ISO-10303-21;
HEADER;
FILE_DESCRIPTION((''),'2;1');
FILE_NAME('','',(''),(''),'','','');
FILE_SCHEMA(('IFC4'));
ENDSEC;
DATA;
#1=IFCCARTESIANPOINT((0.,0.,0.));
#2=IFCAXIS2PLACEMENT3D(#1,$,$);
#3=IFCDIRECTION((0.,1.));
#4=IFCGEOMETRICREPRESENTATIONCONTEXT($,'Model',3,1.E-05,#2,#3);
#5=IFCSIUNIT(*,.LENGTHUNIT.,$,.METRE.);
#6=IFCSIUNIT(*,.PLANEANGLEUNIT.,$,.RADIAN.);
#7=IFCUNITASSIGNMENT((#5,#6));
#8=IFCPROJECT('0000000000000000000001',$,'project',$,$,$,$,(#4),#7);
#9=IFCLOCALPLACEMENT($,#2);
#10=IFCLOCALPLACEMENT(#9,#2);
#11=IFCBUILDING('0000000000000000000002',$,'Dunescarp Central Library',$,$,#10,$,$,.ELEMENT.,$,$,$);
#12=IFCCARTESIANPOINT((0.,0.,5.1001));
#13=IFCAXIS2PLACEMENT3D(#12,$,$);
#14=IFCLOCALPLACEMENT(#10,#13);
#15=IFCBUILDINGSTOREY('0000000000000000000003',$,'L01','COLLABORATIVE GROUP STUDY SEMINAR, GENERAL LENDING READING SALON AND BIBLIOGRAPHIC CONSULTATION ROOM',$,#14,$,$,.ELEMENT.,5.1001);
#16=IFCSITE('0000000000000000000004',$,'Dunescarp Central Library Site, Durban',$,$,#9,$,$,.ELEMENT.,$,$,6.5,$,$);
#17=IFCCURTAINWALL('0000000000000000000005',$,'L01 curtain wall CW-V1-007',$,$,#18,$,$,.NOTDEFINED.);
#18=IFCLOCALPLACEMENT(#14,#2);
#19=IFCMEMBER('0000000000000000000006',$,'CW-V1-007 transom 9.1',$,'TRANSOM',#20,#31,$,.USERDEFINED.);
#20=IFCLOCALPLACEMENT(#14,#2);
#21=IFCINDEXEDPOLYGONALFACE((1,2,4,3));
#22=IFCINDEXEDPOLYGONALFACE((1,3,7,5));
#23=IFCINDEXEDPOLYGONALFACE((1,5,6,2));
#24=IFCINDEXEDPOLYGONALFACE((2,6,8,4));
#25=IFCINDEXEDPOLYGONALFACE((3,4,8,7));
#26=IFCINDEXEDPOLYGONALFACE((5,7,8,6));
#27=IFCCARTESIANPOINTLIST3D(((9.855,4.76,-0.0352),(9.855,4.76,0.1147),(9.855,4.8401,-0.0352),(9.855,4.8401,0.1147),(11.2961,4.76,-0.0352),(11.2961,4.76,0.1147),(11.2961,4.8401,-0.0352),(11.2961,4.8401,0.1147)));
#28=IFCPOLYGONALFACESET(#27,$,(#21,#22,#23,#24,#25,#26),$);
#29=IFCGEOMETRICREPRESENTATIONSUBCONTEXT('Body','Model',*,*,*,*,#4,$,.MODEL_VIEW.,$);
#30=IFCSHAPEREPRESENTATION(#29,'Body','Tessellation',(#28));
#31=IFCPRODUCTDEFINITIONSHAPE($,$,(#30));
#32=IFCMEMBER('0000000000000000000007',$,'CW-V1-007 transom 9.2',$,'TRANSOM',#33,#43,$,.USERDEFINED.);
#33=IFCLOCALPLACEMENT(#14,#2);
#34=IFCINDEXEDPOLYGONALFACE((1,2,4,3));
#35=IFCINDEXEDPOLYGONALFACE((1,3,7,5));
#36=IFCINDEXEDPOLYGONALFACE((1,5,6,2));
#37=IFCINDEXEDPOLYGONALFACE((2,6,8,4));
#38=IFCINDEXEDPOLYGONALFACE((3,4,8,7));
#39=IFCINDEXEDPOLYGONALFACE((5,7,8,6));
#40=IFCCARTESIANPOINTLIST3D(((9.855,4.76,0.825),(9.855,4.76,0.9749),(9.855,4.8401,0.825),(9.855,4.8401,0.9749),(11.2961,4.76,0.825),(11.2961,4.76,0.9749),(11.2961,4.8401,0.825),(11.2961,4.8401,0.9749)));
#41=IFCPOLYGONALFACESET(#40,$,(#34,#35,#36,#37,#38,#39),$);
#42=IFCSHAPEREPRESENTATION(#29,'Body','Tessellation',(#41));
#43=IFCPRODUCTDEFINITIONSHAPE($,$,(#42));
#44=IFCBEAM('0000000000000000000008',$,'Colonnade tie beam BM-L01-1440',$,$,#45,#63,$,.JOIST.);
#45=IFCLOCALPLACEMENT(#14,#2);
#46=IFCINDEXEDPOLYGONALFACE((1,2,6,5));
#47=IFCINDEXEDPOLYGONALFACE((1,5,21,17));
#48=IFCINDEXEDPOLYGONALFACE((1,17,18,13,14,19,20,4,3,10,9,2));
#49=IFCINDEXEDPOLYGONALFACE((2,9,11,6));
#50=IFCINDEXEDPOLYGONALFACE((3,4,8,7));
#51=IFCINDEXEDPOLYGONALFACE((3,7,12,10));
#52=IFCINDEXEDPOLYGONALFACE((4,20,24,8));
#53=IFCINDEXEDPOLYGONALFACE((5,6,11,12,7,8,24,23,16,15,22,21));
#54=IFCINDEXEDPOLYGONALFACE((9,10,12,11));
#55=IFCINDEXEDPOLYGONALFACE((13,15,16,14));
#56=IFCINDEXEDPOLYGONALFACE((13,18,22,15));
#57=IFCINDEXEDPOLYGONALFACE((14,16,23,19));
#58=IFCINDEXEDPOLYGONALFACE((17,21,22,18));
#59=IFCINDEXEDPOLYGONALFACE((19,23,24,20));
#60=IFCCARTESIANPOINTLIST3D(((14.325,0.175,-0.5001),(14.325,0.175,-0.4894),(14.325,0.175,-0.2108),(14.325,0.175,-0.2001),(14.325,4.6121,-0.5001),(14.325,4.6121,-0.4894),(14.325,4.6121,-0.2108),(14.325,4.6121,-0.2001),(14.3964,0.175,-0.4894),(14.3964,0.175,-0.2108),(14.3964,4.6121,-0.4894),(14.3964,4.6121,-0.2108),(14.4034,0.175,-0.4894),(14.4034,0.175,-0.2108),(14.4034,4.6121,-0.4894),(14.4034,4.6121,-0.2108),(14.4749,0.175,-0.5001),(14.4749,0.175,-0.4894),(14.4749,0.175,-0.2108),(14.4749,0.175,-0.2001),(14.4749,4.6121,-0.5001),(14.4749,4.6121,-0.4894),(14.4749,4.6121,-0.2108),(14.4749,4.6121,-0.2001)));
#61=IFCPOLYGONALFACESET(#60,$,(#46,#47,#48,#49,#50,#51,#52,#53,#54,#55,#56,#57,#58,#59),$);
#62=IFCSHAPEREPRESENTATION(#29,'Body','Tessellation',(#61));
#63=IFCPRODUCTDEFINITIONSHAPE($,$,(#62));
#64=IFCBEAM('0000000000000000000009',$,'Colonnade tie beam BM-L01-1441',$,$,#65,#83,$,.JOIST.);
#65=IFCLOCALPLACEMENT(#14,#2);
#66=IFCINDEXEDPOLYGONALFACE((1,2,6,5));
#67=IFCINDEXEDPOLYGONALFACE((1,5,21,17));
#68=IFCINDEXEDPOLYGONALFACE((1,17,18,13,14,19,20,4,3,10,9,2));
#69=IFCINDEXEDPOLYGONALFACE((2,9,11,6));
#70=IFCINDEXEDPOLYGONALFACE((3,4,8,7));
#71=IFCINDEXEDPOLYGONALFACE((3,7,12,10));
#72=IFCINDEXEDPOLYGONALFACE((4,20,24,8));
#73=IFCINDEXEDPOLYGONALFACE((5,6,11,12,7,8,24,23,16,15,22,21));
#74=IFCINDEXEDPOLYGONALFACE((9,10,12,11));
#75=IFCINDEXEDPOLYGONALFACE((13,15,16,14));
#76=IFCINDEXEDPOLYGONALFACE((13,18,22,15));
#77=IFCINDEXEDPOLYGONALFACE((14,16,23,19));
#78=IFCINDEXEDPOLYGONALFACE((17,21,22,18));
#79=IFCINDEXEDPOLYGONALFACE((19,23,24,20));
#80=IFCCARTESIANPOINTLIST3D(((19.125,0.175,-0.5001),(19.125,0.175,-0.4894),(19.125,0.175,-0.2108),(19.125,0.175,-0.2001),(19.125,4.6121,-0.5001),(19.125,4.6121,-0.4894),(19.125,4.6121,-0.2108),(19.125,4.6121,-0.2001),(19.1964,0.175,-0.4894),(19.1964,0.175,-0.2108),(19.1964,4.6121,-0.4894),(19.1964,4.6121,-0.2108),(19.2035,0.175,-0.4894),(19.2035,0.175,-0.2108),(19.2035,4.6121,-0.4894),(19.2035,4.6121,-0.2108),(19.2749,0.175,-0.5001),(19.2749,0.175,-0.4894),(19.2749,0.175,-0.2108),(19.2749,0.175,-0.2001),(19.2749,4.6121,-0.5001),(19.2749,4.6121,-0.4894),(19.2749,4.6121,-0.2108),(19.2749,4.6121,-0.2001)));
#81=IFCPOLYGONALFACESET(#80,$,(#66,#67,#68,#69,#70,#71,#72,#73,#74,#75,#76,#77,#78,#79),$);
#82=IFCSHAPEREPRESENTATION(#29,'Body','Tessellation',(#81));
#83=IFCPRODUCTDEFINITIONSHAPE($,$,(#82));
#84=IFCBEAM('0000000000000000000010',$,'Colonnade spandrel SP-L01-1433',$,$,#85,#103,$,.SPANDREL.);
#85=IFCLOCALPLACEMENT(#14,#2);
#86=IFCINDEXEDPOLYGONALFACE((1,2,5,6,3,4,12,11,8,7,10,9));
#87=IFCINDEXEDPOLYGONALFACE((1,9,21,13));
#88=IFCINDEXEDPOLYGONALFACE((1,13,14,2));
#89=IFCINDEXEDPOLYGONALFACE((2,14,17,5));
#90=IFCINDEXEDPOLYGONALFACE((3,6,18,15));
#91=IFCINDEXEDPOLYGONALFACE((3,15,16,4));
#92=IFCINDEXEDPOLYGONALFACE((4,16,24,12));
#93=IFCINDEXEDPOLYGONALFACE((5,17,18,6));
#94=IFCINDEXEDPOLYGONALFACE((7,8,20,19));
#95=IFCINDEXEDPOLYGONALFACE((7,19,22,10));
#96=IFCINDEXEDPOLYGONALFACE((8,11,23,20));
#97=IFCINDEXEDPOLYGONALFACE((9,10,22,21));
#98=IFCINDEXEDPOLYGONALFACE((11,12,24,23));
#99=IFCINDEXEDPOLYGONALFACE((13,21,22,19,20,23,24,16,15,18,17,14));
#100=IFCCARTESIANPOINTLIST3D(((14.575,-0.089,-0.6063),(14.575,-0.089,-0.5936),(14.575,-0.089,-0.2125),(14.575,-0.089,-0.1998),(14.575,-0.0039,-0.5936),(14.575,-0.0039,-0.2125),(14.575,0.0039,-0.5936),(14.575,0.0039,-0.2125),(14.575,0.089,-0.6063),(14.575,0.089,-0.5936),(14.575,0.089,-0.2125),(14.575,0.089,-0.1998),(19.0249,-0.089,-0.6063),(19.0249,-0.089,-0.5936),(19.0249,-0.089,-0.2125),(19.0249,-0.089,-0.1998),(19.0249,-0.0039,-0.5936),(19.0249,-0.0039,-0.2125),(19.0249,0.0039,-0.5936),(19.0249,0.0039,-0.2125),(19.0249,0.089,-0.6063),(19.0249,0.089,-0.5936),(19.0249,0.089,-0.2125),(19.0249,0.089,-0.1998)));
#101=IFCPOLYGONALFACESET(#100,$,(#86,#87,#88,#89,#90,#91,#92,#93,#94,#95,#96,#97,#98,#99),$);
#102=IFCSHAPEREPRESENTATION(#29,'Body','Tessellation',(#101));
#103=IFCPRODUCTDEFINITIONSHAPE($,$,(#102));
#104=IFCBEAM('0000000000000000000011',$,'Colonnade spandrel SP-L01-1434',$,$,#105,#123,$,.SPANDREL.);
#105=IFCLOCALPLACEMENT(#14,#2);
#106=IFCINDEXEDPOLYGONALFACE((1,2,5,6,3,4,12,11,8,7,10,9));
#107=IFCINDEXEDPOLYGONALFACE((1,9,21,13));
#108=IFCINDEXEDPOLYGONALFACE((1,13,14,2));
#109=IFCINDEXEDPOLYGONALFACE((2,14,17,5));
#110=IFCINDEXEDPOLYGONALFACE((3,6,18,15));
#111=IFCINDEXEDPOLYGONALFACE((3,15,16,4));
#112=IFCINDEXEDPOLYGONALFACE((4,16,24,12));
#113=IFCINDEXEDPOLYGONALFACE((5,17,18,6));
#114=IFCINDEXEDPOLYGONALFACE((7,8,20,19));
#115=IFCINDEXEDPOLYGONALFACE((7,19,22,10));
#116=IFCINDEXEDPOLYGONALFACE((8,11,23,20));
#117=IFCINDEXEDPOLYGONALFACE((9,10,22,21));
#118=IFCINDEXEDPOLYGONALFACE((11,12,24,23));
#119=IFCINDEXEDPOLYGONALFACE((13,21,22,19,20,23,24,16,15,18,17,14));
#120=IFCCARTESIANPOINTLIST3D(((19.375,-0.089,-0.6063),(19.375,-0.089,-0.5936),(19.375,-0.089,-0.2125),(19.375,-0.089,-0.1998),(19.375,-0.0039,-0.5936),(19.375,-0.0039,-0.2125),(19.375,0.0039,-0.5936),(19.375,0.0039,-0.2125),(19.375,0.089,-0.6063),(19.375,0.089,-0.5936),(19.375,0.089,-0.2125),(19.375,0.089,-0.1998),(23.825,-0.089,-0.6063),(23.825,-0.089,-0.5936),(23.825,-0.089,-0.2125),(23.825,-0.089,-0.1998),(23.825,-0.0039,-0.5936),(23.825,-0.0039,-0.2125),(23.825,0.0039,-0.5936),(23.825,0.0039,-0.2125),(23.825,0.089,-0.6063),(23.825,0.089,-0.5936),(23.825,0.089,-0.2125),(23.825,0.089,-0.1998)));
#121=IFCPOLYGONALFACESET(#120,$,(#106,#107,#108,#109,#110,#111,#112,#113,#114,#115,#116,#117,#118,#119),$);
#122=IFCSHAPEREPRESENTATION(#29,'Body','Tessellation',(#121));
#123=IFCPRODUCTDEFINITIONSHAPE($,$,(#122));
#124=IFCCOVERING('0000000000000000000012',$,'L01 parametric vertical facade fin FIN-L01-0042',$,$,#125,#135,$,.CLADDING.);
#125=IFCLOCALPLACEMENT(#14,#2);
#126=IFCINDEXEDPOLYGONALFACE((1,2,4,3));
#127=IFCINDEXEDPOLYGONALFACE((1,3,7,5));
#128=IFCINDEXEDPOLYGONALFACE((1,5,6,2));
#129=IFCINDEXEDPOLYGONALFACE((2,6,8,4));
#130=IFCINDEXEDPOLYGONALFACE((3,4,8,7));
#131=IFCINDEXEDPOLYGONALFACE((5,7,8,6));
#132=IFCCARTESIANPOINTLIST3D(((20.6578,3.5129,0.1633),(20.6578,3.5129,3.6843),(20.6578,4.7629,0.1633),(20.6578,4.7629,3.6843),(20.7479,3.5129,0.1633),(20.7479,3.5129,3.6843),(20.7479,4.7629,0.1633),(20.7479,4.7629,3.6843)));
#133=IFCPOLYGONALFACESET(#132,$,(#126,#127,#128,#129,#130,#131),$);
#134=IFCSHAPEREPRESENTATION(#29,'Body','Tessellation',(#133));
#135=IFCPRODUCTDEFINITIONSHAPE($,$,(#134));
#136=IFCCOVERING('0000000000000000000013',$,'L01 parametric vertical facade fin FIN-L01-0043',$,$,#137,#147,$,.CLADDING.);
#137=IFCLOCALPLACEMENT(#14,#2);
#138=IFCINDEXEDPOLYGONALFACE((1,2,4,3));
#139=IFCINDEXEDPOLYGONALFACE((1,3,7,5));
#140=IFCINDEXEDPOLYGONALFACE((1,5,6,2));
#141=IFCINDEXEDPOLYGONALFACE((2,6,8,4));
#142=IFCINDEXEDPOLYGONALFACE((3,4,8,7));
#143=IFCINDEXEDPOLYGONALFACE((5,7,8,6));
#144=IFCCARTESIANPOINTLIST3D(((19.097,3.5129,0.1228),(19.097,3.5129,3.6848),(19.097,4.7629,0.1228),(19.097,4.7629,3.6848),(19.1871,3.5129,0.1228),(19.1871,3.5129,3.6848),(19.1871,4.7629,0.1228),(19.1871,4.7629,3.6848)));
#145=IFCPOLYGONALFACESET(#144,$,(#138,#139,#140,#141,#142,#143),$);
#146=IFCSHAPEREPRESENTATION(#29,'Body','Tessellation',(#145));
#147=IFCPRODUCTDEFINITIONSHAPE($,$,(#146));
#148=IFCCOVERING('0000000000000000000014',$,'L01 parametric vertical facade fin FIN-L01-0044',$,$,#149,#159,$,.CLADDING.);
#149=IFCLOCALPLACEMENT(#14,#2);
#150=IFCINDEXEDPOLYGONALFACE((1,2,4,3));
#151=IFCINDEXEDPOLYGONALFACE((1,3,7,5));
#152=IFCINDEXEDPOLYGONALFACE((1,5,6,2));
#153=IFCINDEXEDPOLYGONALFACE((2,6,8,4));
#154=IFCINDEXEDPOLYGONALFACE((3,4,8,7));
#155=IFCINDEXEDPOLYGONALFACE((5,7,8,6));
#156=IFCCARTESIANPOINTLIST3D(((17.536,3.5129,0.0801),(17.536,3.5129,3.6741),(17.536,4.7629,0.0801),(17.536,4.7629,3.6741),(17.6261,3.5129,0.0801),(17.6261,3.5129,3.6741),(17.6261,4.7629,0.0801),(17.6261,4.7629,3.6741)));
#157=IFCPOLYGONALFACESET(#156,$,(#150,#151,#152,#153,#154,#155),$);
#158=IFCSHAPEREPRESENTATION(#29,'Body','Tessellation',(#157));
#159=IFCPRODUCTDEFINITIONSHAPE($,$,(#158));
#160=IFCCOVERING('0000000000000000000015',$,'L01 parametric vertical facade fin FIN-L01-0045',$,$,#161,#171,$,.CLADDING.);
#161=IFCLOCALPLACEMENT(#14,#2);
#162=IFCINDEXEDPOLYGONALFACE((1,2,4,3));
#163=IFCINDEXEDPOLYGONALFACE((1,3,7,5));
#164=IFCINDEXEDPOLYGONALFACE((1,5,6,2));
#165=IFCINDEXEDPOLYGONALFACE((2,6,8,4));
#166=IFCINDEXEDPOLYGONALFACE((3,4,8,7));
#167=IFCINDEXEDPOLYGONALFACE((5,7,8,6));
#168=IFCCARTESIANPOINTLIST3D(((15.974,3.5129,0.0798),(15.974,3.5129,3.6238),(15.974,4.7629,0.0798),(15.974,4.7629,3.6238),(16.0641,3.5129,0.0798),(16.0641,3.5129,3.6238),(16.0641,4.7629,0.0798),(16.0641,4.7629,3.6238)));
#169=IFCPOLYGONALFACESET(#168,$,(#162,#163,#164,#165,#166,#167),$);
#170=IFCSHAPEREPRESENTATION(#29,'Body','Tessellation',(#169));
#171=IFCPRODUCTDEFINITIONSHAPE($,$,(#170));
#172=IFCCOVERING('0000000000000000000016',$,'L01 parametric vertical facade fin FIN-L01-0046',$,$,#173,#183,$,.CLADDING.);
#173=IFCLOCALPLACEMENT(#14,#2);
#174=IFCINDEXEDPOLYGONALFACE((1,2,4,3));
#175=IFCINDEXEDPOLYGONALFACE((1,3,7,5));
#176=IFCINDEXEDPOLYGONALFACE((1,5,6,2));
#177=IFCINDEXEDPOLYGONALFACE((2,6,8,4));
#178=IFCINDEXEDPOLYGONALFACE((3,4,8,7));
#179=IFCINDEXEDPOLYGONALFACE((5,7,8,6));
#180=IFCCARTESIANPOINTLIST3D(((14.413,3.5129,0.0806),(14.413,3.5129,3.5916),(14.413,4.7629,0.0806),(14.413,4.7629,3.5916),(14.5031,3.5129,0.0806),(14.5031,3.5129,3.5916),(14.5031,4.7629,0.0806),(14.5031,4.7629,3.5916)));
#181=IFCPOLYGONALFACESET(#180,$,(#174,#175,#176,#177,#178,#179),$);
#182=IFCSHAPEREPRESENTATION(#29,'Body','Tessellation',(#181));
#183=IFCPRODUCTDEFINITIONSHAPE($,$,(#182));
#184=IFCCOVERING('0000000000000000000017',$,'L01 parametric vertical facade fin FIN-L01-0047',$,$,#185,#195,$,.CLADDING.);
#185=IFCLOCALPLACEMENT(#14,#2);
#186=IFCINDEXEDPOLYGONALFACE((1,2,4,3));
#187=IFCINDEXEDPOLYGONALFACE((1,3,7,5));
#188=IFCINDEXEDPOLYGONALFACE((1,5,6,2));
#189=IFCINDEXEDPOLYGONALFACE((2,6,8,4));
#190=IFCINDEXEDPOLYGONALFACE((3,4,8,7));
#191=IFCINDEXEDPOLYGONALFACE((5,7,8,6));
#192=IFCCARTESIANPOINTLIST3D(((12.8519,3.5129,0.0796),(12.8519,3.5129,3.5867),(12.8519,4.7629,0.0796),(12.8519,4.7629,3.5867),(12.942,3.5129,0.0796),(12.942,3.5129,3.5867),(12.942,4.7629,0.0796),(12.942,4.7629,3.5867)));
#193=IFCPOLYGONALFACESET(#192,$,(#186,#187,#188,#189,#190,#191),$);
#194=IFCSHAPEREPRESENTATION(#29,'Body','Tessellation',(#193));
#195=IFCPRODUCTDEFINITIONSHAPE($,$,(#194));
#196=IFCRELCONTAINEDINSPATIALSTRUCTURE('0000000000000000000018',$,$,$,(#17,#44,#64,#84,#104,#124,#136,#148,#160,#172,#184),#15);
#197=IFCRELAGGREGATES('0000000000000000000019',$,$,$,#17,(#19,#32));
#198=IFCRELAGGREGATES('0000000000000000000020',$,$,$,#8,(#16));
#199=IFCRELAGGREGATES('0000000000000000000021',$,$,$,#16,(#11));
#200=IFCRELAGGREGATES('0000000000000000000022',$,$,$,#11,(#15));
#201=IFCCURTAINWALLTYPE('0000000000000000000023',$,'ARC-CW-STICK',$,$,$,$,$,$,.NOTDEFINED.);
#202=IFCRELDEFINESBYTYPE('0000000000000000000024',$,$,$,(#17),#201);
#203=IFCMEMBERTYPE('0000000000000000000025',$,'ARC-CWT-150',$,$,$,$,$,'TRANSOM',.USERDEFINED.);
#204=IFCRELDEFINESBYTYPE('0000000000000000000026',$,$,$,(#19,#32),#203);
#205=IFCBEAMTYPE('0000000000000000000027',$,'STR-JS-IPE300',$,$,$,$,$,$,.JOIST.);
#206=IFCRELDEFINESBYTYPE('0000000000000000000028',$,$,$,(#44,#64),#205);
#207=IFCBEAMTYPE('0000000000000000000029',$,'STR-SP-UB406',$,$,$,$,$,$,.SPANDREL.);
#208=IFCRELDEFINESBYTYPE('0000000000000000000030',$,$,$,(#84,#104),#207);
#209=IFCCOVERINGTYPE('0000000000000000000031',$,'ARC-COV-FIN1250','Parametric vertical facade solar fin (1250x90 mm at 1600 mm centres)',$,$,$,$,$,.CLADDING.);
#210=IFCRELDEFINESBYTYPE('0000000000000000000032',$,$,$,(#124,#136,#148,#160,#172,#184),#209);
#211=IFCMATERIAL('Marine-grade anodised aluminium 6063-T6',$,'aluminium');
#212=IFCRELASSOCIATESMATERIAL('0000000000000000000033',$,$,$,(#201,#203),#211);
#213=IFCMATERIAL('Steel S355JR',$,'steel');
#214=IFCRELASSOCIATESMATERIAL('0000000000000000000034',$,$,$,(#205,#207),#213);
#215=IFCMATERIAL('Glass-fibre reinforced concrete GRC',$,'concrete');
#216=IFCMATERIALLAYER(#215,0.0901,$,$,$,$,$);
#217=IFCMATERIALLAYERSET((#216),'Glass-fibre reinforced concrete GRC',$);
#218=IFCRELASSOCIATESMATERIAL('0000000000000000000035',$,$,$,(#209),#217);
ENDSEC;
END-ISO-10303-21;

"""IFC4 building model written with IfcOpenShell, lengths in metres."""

from ifc_helpers import new_model, si_unit, direction, frame, origin, origin_2d, place, context, subcontext, project, spatial, rectangle, i_section, extrude, material, layer, layer_set, material_profile, profile_set, type_object, element, aggregate, save


model = new_model("IFC4")

# Units and contexts
model_context = context("Model", 3, precision=1e-05, world=origin(), true_north=direction((0.0, 1.0)))
body_context = subcontext(model_context, "Body", "Model", "MODEL_VIEW")
ifc_project = project(units=[si_unit("LENGTHUNIT", "METRE"), si_unit("PLANEANGLEUNIT", "RADIAN")], contexts=[model_context])

# Site, building, storey
site_placement = place(None, origin())
site = spatial("IfcSite", under=ifc_project, at=site_placement, Name="Dunescarp Central Library Site, Durban", CompositionType="ELEMENT", RefElevation=6.5)
building_placement = place(site_placement, origin())
building = spatial("IfcBuilding", under=site, at=building_placement, Name="Dunescarp Central Library", CompositionType="ELEMENT")
storey_placement = place(building_placement, frame((0.0, 0.0, 5.1001)))
storey = spatial("IfcBuildingStorey", under=building, at=storey_placement, Name="L01", Description="COLLABORATIVE GROUP STUDY SEMINAR, GENERAL LENDING READING SALON AND BIBLIOGRAPHIC CONSULTATION ROOM", CompositionType="ELEMENT", Elevation=5.1001)

# Curtain wall, members
ifc_material_1 = material(Name="Marine-grade anodised aluminium 6063-T6", Category="aluminium")
curtain_wall_type = type_object("IfcCurtainWallType", Name="ARC-CW-STICK", PredefinedType="NOTDEFINED", material=ifc_material_1)
curtain_wall_placement = place(storey_placement, origin())
curtain_wall = element("IfcCurtainWall", 1, at=curtain_wall_placement, inside=storey, type_object=curtain_wall_type, Name="L01 curtain wall CW-V1-007", PredefinedType="NOTDEFINED")
ifc_material_profile_1 = material_profile(ifc_material_1, rectangle(XDim=0.0801, YDim=0.1499, at=origin_2d()), Name="AL 80x150")
ifc_profile_set_1 = profile_set([ifc_material_profile_1], Name="Marine-grade anodised aluminium 6063-T6")
member_type = type_object("IfcMemberType", Name="ARC-CWT-150", ElementType="TRANSOM", PredefinedType="USERDEFINED", material=ifc_profile_set_1)
member_1_placement = place(storey_placement, frame((11.2961, 4.8, 0.0398), z_axis=(-1.0, 0.0, 0.0), x_axis=(0.0, -1.0, 0.0)))
member_1 = element("IfcMember", 2, at=member_1_placement, type_object=member_type, Name="CW-V1-007 transom 9.1", ObjectType="TRANSOM", PredefinedType="USERDEFINED", context=body_context, shape_type="SweptSolid", body=[
    extrude(rectangle(XDim=0.0801, YDim=0.1499, at=origin_2d()), origin(), (0.0, 0.0, 1.0), 1.4412),
])
member_2_placement = place(storey_placement, frame((11.2961, 4.8, 0.8999), z_axis=(-1.0, 0.0, 0.0), x_axis=(0.0, -1.0, 0.0)))
member_2 = element("IfcMember", 3, at=member_2_placement, type_object=member_type, Name="CW-V1-007 transom 9.2", ObjectType="TRANSOM", PredefinedType="USERDEFINED", context=body_context, shape_type="SweptSolid", body=[
    extrude(rectangle(XDim=0.0801, YDim=0.1499, at=origin_2d()), origin(), (0.0, 0.0, 1.0), 1.4412),
])
aggregate(curtain_wall, [member_1, member_2])

# Beams
ifc_material_2 = material(Name="Steel S355JR", Category="steel")
ifc_material_profile_2 = material_profile(ifc_material_2, i_section(OverallWidth=0.1499, OverallDepth=0.3, WebThickness=0.0071, FlangeThickness=0.0107, at=origin_2d()), Name="IPE 300")
ifc_profile_set_2 = profile_set([ifc_material_profile_2], Name="Steel S355JR")
beam_type_1 = type_object("IfcBeamType", Name="STR-JS-IPE300", PredefinedType="JOIST", material=ifc_profile_set_2)
for number, where, z_axis, x_axis, name in (
    (4, (14.3999, 0.175, -0.3501), (0.0, 1.0, 0.0), (-1.0, 0.0, 0.0), "Colonnade tie beam BM-L01-1440"),
    (5, (19.2, 0.175, -0.3501), (0.0, 1.0, 0.0), (-1.0, 0.0, 0.0), "Colonnade tie beam BM-L01-1441"),
):
    element("IfcBeam", number, at=place(storey_placement, frame(where, z_axis=z_axis, x_axis=x_axis)), inside=storey, type_object=beam_type_1, Name=name, PredefinedType="JOIST", context=body_context, shape_type="SweptSolid", body=[
        extrude(i_section(OverallWidth=0.1499, OverallDepth=0.3, WebThickness=0.0071, FlangeThickness=0.0107, at=origin_2d()), origin(), (0.0, 0.0, 1.0), 4.437),
    ])
ifc_material_profile_3 = material_profile(ifc_material_2, i_section(OverallWidth=0.178, OverallDepth=0.4065, WebThickness=0.0078, FlangeThickness=0.0127, at=origin_2d()), Name="UB 406x178x60")
ifc_profile_set_3 = profile_set([ifc_material_profile_3], Name="Steel S355JR")
beam_type_2 = type_object("IfcBeamType", Name="STR-SP-UB406", PredefinedType="SPANDREL", material=ifc_profile_set_3)
for number, where, z_axis, x_axis, name in (
    (6, (14.575, 0.0, -0.4031), (1.0, 0.0, 0.0), (0.0, 1.0, 0.0), "Colonnade spandrel SP-L01-1433"),
    (7, (19.375, 0.0, -0.4031), (1.0, 0.0, 0.0), (0.0, 1.0, 0.0), "Colonnade spandrel SP-L01-1434"),
):
    element("IfcBeam", number, at=place(storey_placement, frame(where, z_axis=z_axis, x_axis=x_axis)), inside=storey, type_object=beam_type_2, Name=name, PredefinedType="SPANDREL", context=body_context, shape_type="SweptSolid", body=[
        extrude(i_section(OverallWidth=0.178, OverallDepth=0.4065, WebThickness=0.0078, FlangeThickness=0.0127, at=origin_2d()), origin(), (0.0, 0.0, 1.0), 4.45),
    ])

# Coverings
ifc_material_3 = material(Name="Glass-fibre reinforced concrete GRC", Category="concrete")
ifc_layer = layer(ifc_material_3, 0.0901)
ifc_layer_set = layer_set([ifc_layer], Name="Glass-fibre reinforced concrete GRC")
covering_type = type_object("IfcCoveringType", Name="ARC-COV-FIN1250", Description="Parametric vertical facade solar fin (1250x90 mm at 1600 mm centres)", PredefinedType="CLADDING", material=ifc_layer_set)
covering_1_placement = place(storey_placement, frame((20.7029, 4.1379, 0.1633), z_axis=(0.0, 0.0, 1.0), x_axis=(0.0, -1.0, 0.0)))
element("IfcCovering", 8, at=covering_1_placement, inside=storey, type_object=covering_type, Name="L01 parametric vertical facade fin FIN-L01-0042", PredefinedType="CLADDING", context=body_context, shape_type="SweptSolid", body=[
    extrude(rectangle(XDim=1.25, YDim=0.0901, at=origin_2d()), origin(), (0.0, 0.0, 1.0), 3.521),
])
covering_2_placement = place(storey_placement, frame((19.1421, 4.1379, 0.1228), z_axis=(0.0, 0.0, 1.0), x_axis=(0.0, -1.0, 0.0)))
element("IfcCovering", 9, at=covering_2_placement, inside=storey, type_object=covering_type, Name="L01 parametric vertical facade fin FIN-L01-0043", PredefinedType="CLADDING", context=body_context, shape_type="SweptSolid", body=[
    extrude(rectangle(XDim=1.25, YDim=0.0901, at=origin_2d()), origin(), (0.0, 0.0, 1.0), 3.562),
])
covering_3_placement = place(storey_placement, frame((17.5811, 4.1379, 0.0801), z_axis=(0.0, 0.0, 1.0), x_axis=(0.0, -1.0, 0.0)))
element("IfcCovering", 10, at=covering_3_placement, inside=storey, type_object=covering_type, Name="L01 parametric vertical facade fin FIN-L01-0044", PredefinedType="CLADDING", context=body_context, shape_type="SweptSolid", body=[
    extrude(rectangle(XDim=1.25, YDim=0.0901, at=origin_2d()), origin(), (0.0, 0.0, 1.0), 3.594),
])
covering_4_placement = place(storey_placement, frame((16.019, 4.1379, 0.0798), z_axis=(0.0, 0.0, 1.0), x_axis=(0.0, -1.0, 0.0)))
element("IfcCovering", 11, at=covering_4_placement, inside=storey, type_object=covering_type, Name="L01 parametric vertical facade fin FIN-L01-0045", PredefinedType="CLADDING", context=body_context, shape_type="SweptSolid", body=[
    extrude(rectangle(XDim=1.25, YDim=0.0901, at=origin_2d()), origin(), (0.0, 0.0, 1.0), 3.5439),
])
covering_5_placement = place(storey_placement, frame((14.458, 4.1379, 0.0806), z_axis=(0.0, 0.0, 1.0), x_axis=(0.0, -1.0, 0.0)))
element("IfcCovering", 12, at=covering_5_placement, inside=storey, type_object=covering_type, Name="L01 parametric vertical facade fin FIN-L01-0046", PredefinedType="CLADDING", context=body_context, shape_type="SweptSolid", body=[
    extrude(rectangle(XDim=1.25, YDim=0.0901, at=origin_2d()), origin(), (0.0, 0.0, 1.0), 3.511),
])
covering_6_placement = place(storey_placement, frame((12.897, 4.1379, 0.0796), z_axis=(0.0, 0.0, 1.0), x_axis=(0.0, -1.0, 0.0)))
element("IfcCovering", 13, at=covering_6_placement, inside=storey, type_object=covering_type, Name="L01 parametric vertical facade fin FIN-L01-0047", PredefinedType="CLADDING", context=body_context, shape_type="SweptSolid", body=[
    extrude(rectangle(XDim=1.25, YDim=0.0901, at=origin_2d()), origin(), (0.0, 0.0, 1.0), 3.5071),
])

save(model, "model.ifc")
